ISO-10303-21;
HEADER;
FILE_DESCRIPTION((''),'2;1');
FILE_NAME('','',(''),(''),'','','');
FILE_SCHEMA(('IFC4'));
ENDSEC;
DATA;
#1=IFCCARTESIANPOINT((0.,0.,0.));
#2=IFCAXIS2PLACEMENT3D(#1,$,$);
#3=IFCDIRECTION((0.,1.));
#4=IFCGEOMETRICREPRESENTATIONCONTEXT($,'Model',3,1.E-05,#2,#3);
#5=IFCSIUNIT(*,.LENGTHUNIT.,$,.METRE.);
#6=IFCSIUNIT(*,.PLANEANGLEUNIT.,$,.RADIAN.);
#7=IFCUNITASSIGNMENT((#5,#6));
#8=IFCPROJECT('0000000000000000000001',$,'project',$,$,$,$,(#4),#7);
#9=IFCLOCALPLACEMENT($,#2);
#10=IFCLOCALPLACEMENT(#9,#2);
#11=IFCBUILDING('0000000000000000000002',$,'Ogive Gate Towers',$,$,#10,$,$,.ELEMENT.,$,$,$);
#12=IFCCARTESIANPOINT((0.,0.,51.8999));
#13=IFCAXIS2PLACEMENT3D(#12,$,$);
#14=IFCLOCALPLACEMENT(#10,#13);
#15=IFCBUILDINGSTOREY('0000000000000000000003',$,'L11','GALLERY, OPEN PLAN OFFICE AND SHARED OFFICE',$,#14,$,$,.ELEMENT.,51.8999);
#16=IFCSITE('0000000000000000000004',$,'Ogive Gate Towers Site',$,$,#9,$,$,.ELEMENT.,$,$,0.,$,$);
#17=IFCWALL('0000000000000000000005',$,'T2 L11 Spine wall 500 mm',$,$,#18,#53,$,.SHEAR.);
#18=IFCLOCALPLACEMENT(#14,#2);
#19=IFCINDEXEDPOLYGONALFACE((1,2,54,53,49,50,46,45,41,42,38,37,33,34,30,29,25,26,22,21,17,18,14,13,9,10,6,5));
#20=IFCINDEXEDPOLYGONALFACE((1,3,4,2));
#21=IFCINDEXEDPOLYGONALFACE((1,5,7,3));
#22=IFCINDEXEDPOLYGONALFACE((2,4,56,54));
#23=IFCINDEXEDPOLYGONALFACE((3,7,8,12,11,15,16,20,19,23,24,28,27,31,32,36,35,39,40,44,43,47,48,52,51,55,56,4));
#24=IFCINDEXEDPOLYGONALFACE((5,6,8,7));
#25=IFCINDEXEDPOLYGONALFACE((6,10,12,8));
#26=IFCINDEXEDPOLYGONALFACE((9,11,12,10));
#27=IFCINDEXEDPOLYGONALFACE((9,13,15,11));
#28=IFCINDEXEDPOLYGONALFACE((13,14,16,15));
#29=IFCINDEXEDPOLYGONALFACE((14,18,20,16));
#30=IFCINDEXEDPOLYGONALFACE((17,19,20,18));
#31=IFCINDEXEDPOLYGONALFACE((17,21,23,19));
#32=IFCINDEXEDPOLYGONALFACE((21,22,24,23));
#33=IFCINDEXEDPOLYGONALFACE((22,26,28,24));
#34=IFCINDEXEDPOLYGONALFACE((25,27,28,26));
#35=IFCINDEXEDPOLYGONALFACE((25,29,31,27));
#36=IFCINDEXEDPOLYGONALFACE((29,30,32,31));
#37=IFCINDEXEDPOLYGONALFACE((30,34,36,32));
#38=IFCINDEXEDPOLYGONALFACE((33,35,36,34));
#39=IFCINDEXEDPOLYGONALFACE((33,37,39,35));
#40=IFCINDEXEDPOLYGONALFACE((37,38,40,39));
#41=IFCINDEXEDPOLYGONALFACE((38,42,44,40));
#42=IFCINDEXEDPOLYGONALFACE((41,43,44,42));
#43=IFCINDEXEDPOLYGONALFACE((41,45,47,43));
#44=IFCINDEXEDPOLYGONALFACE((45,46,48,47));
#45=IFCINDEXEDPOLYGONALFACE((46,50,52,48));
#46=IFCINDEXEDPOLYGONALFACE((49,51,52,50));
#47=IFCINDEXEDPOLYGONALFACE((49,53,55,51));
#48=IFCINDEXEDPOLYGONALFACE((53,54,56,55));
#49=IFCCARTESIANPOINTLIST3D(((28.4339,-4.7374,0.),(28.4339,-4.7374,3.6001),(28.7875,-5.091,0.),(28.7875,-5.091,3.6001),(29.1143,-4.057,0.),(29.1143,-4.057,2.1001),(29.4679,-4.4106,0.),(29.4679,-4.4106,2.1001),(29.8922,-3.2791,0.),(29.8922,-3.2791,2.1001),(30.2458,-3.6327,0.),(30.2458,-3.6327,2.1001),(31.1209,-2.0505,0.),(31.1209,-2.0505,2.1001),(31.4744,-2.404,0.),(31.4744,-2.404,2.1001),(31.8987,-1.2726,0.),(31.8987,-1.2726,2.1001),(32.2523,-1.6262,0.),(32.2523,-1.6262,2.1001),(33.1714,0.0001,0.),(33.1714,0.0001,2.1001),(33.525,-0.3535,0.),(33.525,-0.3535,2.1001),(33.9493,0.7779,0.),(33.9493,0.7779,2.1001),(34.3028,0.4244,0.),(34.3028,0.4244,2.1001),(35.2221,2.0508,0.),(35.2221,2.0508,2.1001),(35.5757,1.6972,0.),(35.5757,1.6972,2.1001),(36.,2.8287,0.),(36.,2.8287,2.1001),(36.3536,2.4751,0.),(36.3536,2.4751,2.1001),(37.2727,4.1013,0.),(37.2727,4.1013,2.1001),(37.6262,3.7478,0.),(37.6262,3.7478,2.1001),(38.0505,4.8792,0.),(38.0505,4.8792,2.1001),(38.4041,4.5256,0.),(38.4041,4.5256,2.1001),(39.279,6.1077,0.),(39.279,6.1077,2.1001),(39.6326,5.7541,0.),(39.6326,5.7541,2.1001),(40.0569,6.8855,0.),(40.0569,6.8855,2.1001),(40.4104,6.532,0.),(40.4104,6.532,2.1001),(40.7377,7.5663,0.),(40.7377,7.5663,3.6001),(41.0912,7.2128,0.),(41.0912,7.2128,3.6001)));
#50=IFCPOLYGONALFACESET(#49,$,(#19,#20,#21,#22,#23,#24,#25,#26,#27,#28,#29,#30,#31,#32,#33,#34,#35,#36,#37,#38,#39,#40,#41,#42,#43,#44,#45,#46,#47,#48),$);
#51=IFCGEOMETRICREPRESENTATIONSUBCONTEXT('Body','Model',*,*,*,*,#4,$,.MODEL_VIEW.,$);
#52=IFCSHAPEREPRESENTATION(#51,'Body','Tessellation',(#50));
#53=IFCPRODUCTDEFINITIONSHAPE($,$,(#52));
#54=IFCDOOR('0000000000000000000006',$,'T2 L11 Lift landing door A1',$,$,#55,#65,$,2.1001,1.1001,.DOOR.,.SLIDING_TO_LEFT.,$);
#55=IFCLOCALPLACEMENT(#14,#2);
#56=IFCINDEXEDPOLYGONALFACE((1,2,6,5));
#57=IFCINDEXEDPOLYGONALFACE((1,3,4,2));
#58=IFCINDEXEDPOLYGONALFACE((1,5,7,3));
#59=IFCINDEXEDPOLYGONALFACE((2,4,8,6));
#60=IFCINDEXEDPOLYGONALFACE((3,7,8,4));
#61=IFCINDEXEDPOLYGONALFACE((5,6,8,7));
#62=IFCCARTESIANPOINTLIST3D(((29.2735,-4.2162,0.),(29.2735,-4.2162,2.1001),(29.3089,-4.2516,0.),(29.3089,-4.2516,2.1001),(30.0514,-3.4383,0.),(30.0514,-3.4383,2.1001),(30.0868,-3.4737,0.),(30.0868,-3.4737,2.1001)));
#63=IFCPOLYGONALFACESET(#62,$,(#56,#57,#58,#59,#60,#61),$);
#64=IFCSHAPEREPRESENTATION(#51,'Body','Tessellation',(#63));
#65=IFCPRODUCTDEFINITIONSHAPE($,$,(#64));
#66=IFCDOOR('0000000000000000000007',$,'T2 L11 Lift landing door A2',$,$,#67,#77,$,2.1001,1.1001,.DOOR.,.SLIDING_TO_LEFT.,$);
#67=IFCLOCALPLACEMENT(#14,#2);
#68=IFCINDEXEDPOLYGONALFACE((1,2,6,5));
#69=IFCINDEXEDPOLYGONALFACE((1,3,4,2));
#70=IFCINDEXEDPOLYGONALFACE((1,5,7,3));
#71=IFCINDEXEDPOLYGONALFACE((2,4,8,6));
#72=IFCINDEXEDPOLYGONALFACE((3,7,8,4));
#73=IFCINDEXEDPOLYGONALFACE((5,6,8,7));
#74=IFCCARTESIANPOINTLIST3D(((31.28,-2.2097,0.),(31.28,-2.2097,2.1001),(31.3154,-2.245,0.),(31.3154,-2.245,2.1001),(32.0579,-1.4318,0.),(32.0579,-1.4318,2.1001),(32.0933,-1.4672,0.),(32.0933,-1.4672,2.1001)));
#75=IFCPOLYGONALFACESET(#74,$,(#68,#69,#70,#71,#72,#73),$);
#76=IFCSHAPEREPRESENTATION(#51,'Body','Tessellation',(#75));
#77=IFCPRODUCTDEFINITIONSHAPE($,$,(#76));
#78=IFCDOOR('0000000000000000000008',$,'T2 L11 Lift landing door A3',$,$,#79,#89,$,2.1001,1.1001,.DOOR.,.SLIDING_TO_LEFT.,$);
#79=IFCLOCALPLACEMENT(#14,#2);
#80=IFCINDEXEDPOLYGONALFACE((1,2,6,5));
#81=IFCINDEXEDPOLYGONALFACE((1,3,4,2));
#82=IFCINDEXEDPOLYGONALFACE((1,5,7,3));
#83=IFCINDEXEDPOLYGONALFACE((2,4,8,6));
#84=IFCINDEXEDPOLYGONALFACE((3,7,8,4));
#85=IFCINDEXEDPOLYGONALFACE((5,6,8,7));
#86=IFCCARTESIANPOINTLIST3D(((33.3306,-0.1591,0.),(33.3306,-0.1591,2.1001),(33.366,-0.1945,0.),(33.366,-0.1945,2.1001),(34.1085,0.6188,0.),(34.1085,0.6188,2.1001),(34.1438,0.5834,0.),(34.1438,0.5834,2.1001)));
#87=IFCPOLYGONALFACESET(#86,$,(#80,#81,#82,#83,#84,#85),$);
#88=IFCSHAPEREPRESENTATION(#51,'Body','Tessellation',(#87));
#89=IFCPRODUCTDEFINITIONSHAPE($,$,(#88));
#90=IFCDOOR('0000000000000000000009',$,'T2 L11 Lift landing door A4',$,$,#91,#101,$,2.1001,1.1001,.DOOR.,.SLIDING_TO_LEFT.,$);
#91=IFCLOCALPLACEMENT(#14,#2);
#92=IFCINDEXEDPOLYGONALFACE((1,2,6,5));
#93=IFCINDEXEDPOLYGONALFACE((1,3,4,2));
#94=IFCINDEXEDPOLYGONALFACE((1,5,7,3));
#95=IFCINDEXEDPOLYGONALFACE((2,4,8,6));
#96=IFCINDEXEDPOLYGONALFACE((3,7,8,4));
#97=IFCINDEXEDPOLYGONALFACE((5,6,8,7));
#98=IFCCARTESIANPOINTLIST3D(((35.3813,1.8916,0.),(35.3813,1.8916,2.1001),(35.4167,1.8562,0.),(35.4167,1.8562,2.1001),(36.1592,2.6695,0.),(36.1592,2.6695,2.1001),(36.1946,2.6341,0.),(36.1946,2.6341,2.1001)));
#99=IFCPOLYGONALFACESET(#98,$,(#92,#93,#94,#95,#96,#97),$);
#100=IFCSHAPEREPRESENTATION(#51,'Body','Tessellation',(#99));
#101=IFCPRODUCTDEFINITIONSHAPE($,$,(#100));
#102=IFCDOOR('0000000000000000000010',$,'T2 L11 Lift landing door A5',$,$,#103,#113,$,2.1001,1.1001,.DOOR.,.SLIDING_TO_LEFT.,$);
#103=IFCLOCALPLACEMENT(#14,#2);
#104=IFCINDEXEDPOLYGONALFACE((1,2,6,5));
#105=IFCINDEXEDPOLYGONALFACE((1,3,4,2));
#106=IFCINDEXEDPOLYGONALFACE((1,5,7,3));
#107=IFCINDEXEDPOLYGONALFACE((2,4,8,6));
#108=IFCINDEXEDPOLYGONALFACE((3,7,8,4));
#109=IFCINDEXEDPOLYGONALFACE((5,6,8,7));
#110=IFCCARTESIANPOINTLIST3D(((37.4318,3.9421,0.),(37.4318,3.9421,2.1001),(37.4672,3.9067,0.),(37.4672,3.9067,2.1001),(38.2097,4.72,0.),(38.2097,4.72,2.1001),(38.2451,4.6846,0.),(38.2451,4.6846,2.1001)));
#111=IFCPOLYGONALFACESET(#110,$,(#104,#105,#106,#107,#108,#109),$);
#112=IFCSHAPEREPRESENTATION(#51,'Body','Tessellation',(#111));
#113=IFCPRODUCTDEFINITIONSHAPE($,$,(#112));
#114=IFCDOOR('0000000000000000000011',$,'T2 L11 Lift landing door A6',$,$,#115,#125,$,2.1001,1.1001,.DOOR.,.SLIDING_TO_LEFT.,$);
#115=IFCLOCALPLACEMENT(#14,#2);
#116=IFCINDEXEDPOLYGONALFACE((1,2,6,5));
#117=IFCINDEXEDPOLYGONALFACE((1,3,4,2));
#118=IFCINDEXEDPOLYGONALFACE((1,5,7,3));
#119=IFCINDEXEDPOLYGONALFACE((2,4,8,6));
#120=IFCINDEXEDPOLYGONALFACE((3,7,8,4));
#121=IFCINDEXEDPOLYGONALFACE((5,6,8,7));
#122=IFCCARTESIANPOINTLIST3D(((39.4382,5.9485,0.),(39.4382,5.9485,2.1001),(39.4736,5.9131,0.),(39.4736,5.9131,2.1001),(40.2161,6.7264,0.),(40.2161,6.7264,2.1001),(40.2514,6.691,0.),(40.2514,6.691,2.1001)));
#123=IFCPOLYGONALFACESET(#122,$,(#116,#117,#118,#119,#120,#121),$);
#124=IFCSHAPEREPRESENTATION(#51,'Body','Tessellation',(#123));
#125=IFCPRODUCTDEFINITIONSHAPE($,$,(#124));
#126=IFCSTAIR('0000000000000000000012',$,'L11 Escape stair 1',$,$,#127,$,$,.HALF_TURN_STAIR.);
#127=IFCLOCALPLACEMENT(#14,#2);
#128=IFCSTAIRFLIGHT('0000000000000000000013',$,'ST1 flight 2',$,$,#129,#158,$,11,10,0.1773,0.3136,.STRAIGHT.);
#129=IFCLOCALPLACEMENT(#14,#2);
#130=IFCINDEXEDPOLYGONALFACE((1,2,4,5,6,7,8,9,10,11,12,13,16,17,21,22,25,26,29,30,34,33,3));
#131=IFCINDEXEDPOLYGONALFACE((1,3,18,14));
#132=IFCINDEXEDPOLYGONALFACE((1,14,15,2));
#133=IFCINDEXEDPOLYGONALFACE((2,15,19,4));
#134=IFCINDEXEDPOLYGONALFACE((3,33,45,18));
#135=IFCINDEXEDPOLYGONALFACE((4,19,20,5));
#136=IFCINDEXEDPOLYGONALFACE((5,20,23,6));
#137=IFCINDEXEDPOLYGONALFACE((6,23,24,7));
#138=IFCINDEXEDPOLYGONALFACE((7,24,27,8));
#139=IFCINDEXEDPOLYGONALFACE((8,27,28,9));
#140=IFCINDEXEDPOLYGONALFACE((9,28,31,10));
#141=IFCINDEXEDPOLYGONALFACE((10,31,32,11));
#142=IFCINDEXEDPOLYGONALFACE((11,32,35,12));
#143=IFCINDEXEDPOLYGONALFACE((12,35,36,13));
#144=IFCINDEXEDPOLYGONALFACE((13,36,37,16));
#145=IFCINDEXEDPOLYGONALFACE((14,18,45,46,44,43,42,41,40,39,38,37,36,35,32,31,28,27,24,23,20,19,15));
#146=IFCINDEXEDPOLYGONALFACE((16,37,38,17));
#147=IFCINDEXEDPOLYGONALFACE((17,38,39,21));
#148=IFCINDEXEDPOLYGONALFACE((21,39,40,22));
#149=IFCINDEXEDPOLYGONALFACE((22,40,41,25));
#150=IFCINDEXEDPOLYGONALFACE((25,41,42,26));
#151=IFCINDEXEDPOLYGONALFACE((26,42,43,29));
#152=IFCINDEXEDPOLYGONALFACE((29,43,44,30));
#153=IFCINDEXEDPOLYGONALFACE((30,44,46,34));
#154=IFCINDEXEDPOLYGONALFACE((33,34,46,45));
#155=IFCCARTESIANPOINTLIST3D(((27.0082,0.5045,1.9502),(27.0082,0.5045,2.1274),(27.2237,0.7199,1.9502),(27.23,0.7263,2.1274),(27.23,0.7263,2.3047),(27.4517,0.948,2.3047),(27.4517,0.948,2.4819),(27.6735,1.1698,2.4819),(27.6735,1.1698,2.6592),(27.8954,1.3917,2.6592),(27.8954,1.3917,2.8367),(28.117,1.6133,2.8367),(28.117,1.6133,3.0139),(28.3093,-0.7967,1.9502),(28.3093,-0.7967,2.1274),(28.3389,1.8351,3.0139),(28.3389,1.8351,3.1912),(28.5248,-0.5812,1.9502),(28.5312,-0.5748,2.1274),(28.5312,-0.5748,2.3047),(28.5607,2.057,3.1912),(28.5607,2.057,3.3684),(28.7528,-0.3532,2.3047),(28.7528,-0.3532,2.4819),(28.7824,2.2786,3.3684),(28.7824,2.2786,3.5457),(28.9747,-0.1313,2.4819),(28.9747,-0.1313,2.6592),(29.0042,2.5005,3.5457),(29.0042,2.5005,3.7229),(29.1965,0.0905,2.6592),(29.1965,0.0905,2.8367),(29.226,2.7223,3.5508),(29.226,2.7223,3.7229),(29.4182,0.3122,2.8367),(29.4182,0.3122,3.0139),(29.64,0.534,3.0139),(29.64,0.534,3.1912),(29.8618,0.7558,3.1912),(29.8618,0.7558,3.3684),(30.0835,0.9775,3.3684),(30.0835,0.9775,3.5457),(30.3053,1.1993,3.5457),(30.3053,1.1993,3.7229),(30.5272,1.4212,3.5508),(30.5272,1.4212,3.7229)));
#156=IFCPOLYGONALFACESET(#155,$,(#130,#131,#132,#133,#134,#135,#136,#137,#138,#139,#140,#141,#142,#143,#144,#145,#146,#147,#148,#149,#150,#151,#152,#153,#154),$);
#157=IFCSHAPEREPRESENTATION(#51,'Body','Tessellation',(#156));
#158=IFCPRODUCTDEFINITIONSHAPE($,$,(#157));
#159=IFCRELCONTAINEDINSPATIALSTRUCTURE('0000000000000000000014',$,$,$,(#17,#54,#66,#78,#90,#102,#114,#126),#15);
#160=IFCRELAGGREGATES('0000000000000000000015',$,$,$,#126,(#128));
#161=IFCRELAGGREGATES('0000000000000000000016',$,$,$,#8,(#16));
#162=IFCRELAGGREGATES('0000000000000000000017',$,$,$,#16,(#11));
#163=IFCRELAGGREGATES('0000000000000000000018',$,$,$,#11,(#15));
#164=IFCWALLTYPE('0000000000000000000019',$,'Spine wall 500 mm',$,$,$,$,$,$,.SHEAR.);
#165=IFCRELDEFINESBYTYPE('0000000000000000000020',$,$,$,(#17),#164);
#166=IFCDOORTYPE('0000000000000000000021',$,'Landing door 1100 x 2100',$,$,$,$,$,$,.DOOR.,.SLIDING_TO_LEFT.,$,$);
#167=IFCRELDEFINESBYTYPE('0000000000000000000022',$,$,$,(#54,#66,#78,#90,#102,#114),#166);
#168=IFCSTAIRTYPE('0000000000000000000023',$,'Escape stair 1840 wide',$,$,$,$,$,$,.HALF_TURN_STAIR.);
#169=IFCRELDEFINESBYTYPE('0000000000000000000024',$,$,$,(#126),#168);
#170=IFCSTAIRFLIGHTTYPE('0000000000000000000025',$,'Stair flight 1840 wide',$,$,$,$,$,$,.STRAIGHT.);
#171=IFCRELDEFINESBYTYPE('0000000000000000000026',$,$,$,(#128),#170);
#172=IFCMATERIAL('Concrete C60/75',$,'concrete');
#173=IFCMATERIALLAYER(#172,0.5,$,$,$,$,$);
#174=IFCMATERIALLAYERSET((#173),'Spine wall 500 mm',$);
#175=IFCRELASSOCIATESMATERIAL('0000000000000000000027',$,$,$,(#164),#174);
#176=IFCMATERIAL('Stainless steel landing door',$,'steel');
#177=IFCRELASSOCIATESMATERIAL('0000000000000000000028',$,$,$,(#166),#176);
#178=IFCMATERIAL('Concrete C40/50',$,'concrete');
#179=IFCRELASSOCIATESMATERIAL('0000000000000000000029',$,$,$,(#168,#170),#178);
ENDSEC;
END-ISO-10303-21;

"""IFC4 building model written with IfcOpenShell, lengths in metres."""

from ifc_helpers import new_model, si_unit, direction, frame, frame_2d, origin, place, context, subcontext, project, spatial, polyline, rectangle, outline, extrude, material, layer, layer_set, type_object, element, fill, aggregate, save


model = new_model("IFC4")

# Units and contexts
model_context = context("Model", 3, precision=1e-05, world=origin(), true_north=direction((0.0, 1.0)))
body_context = subcontext(model_context, "Body", "Model", "MODEL_VIEW")
ifc_project = project(units=[si_unit("LENGTHUNIT", "METRE"), si_unit("PLANEANGLEUNIT", "RADIAN")], contexts=[model_context])

# Site, building, storey
site_placement = place(None, origin())
site = spatial("IfcSite", under=ifc_project, at=site_placement, Name="Ogive Gate Towers Site", CompositionType="ELEMENT", RefElevation=0.0)
building_placement = place(site_placement, origin())
building = spatial("IfcBuilding", under=site, at=building_placement, Name="Ogive Gate Towers", CompositionType="ELEMENT")
storey_placement = place(building_placement, frame((0.0, 0.0, 51.8999)))
storey = spatial("IfcBuildingStorey", under=building, at=storey_placement, Name="L11", Description="GALLERY, OPEN PLAN OFFICE AND SHARED OFFICE", CompositionType="ELEMENT", Elevation=51.8999)

# Shared definitions
ifc_material_1 = material(Name="Concrete C60/75", Category="concrete")

# Wall, openings, doors
ifc_layer_1 = layer(ifc_material_1, 0.5)
ifc_layer_set_1 = layer_set([ifc_layer_1], Name="Spine wall 500 mm")
wall_type_1 = type_object("IfcWallType", Name="Spine wall 500 mm", PredefinedType="SHEAR", material=ifc_layer_set_1)
ifc_material_2 = material(Name="Stainless steel landing door", Category="steel")
wall_1_placement = place(storey_placement, frame((28.6106, -4.9143, 0.0), z_axis=(0.0, 0.0, 1.0), x_axis=(0.707107, 0.707107, 0.0)))
wall_1 = element("IfcWall", 1, at=wall_1_placement, inside=storey, type_object=wall_type_1, Name="T2 L11 Spine wall 500 mm", PredefinedType="SHEAR", context=body_context, shape_type="SweptSolid", body=[
    extrude(rectangle(XDim=17.4001, YDim=0.5, at=frame_2d((8.7002, 0.0))), origin(), (0.0, 0.0, 1.0), 3.6001),
])
opening_1_placement = place(wall_1_placement, frame((0.9624, 0.0, 0.0)))
opening_1 = element("IfcOpeningElement", 2, at=opening_1_placement, cuts=wall_1, PredefinedType="OPENING", context=body_context, shape_type="SweptSolid", body=[
    extrude(rectangle(XDim=1.1001, YDim=2.1001, at=frame_2d((0.55, 1.05))), frame((0.0, 0.26, 0.0), z_axis=(0.0, -1.0, 0.0), x_axis=(1.0, 0.0, 0.0)), (0.0, 0.0, 1.0), 0.52),
])
opening_2_placement = place(wall_1_placement, frame((3.8, 0.0, 0.0)))
opening_2 = element("IfcOpeningElement", 3, at=opening_2_placement, cuts=wall_1, PredefinedType="OPENING", context=body_context, shape_type="SweptSolid", body=[
    extrude(rectangle(XDim=1.1001, YDim=2.1001, at=frame_2d((0.55, 1.05))), frame((0.0, 0.26, 0.0), z_axis=(0.0, -1.0, 0.0), x_axis=(1.0, 0.0, 0.0)), (0.0, 0.0, 1.0), 0.52),
])
opening_3_placement = place(wall_1_placement, frame((6.7, 0.0, 0.0)))
opening_3 = element("IfcOpeningElement", 4, at=opening_3_placement, cuts=wall_1, PredefinedType="OPENING", context=body_context, shape_type="SweptSolid", body=[
    extrude(rectangle(XDim=1.1001, YDim=2.1001, at=frame_2d((0.55, 1.05))), frame((0.0, 0.26, 0.0), z_axis=(0.0, -1.0, 0.0), x_axis=(1.0, 0.0, 0.0)), (0.0, 0.0, 1.0), 0.52),
])
opening_4_placement = place(wall_1_placement, frame((9.6001, 0.0, 0.0)))
opening_4 = element("IfcOpeningElement", 5, at=opening_4_placement, cuts=wall_1, PredefinedType="OPENING", context=body_context, shape_type="SweptSolid", body=[
    extrude(rectangle(XDim=1.1001, YDim=2.1001, at=frame_2d((0.55, 1.05))), frame((0.0, 0.26, 0.0), z_axis=(0.0, -1.0, 0.0), x_axis=(1.0, 0.0, 0.0)), (0.0, 0.0, 1.0), 0.52),
])
opening_5_placement = place(wall_1_placement, frame((12.5, 0.0, 0.0)))
opening_5 = element("IfcOpeningElement", 6, at=opening_5_placement, cuts=wall_1, PredefinedType="OPENING", context=body_context, shape_type="SweptSolid", body=[
    extrude(rectangle(XDim=1.1001, YDim=2.1001, at=frame_2d((0.55, 1.05))), frame((0.0, 0.26, 0.0), z_axis=(0.0, -1.0, 0.0), x_axis=(1.0, 0.0, 0.0)), (0.0, 0.0, 1.0), 0.52),
])
opening_6_placement = place(wall_1_placement, frame((15.3374, 0.0, 0.0)))
opening_6 = element("IfcOpeningElement", 7, at=opening_6_placement, cuts=wall_1, PredefinedType="OPENING", context=body_context, shape_type="SweptSolid", body=[
    extrude(rectangle(XDim=1.1001, YDim=2.1001, at=frame_2d((0.55, 1.05))), frame((0.0, 0.26, 0.0), z_axis=(0.0, -1.0, 0.0), x_axis=(1.0, 0.0, 0.0)), (0.0, 0.0, 1.0), 0.52),
])
door_type_1 = type_object("IfcDoorType", Name="Landing door 1100 x 2100", OperationType="SLIDING_TO_LEFT", PredefinedType="DOOR", material=ifc_material_2)
door_1_placement = place(opening_1_placement, origin())
door_1 = element("IfcDoor", 8, at=door_1_placement, inside=storey, type_object=door_type_1, Name="T2 L11 Lift landing door A1", OperationType="SLIDING_TO_LEFT", OverallHeight=2.1001, OverallWidth=1.1001, PredefinedType="DOOR", context=body_context, shape_type="SweptSolid", body=[
    extrude(rectangle(XDim=1.1001, YDim=2.1001, at=frame_2d((0.55, 1.05))), frame((0.0, 0.0249, 0.0), z_axis=(0.0, -1.0, 0.0), x_axis=(1.0, 0.0, 0.0)), (0.0, 0.0, 1.0), 0.05),
])
fill(opening_1, door_1)
door_2_placement = place(opening_2_placement, origin())
door_2 = element("IfcDoor", 9, at=door_2_placement, inside=storey, type_object=door_type_1, Name="T2 L11 Lift landing door A2", OperationType="SLIDING_TO_LEFT", OverallHeight=2.1001, OverallWidth=1.1001, PredefinedType="DOOR", context=body_context, shape_type="SweptSolid", body=[
    extrude(rectangle(XDim=1.1001, YDim=2.1001, at=frame_2d((0.55, 1.05))), frame((0.0, 0.0249, 0.0), z_axis=(0.0, -1.0, 0.0), x_axis=(1.0, 0.0, 0.0)), (0.0, 0.0, 1.0), 0.05),
])
fill(opening_2, door_2)
door_3_placement = place(opening_3_placement, origin())
door_3 = element("IfcDoor", 10, at=door_3_placement, inside=storey, type_object=door_type_1, Name="T2 L11 Lift landing door A3", OperationType="SLIDING_TO_LEFT", OverallHeight=2.1001, OverallWidth=1.1001, PredefinedType="DOOR", context=body_context, shape_type="SweptSolid", body=[
    extrude(rectangle(XDim=1.1001, YDim=2.1001, at=frame_2d((0.55, 1.05))), frame((0.0, 0.0249, 0.0), z_axis=(0.0, -1.0, 0.0), x_axis=(1.0, 0.0, 0.0)), (0.0, 0.0, 1.0), 0.05),
])
fill(opening_3, door_3)
door_4_placement = place(opening_4_placement, origin())
door_4 = element("IfcDoor", 11, at=door_4_placement, inside=storey, type_object=door_type_1, Name="T2 L11 Lift landing door A4", OperationType="SLIDING_TO_LEFT", OverallHeight=2.1001, OverallWidth=1.1001, PredefinedType="DOOR", context=body_context, shape_type="SweptSolid", body=[
    extrude(rectangle(XDim=1.1001, YDim=2.1001, at=frame_2d((0.55, 1.05))), frame((0.0, 0.0249, 0.0), z_axis=(0.0, -1.0, 0.0), x_axis=(1.0, 0.0, 0.0)), (0.0, 0.0, 1.0), 0.05),
])
fill(opening_4, door_4)
door_5_placement = place(opening_5_placement, origin())
door_5 = element("IfcDoor", 12, at=door_5_placement, inside=storey, type_object=door_type_1, Name="T2 L11 Lift landing door A5", OperationType="SLIDING_TO_LEFT", OverallHeight=2.1001, OverallWidth=1.1001, PredefinedType="DOOR", context=body_context, shape_type="SweptSolid", body=[
    extrude(rectangle(XDim=1.1001, YDim=2.1001, at=frame_2d((0.55, 1.05))), frame((0.0, 0.0249, 0.0), z_axis=(0.0, -1.0, 0.0), x_axis=(1.0, 0.0, 0.0)), (0.0, 0.0, 1.0), 0.05),
])
fill(opening_5, door_5)
door_6_placement = place(opening_6_placement, origin())
door_6 = element("IfcDoor", 13, at=door_6_placement, inside=storey, type_object=door_type_1, Name="T2 L11 Lift landing door A6", OperationType="SLIDING_TO_LEFT", OverallHeight=2.1001, OverallWidth=1.1001, PredefinedType="DOOR", context=body_context, shape_type="SweptSolid", body=[
    extrude(rectangle(XDim=1.1001, YDim=2.1001, at=frame_2d((0.55, 1.05))), frame((0.0, 0.0249, 0.0), z_axis=(0.0, -1.0, 0.0), x_axis=(1.0, 0.0, 0.0)), (0.0, 0.0, 1.0), 0.05),
])
fill(opening_6, door_6)

# Stair, stair flight
ifc_material_3 = material(Name="Concrete C40/50", Category="concrete")
stair_type = type_object("IfcStairType", Name="Escape stair 1840 wide", PredefinedType="HALF_TURN_STAIR", material=ifc_material_3)
stair_placement = place(storey_placement, origin())
stair = element("IfcStair", 14, at=stair_placement, inside=storey, type_object=stair_type, Name="L11 Escape stair 1", PredefinedType="HALF_TURN_STAIR")
stair_flight_type = type_object("IfcStairFlightType", Name="Stair flight 1840 wide", PredefinedType="STRAIGHT", material=ifc_material_3)
stair_flight_placement = place(storey_placement, frame((27.6587, -0.146, 1.9502), z_axis=(0.0, 0.0, 1.0), x_axis=(0.707107, 0.707107, 0.0)))
stair_flight = element("IfcStairFlight", 15, at=stair_flight_placement, type_object=stair_flight_type, Name="ST1 flight 2", NumberOfRisers=11, NumberOfTreads=10, PredefinedType="STRAIGHT", RiserHeight=0.1773, TreadLength=0.3136, context=body_context, shape_type="SweptSolid", body=[
    extrude(outline(polyline([(0.0, 0.0), (0.0, 0.1772), (0.3137, 0.1772), (0.3137, 0.3545), (0.6272, 0.3545), (0.6272, 0.5317), (0.9409, 0.5317), (0.9409, 0.709), (1.2546, 0.709), (1.2546, 0.8865), (1.5681, 0.8865), (1.5681, 1.0637), (1.8818, 1.0637), (1.8818, 1.241), (2.1956, 1.241), (2.1956, 1.4182), (2.509, 1.4182), (2.509, 1.5955), (2.8228, 1.5955), (2.8228, 1.7727), (3.1365, 1.7727), (3.1365, 1.95), (3.1365, 1.6006), (0.3047, 0.0), (0.0, 0.0)])), frame((0.0, 0.9199, 0.0), z_axis=(0.0, -1.0, 0.0), x_axis=(1.0, 0.0, 0.0)), (0.0, 0.0, 1.0), 1.8401),
])
aggregate(stair, [stair_flight])

save(model, "model.ifc")
